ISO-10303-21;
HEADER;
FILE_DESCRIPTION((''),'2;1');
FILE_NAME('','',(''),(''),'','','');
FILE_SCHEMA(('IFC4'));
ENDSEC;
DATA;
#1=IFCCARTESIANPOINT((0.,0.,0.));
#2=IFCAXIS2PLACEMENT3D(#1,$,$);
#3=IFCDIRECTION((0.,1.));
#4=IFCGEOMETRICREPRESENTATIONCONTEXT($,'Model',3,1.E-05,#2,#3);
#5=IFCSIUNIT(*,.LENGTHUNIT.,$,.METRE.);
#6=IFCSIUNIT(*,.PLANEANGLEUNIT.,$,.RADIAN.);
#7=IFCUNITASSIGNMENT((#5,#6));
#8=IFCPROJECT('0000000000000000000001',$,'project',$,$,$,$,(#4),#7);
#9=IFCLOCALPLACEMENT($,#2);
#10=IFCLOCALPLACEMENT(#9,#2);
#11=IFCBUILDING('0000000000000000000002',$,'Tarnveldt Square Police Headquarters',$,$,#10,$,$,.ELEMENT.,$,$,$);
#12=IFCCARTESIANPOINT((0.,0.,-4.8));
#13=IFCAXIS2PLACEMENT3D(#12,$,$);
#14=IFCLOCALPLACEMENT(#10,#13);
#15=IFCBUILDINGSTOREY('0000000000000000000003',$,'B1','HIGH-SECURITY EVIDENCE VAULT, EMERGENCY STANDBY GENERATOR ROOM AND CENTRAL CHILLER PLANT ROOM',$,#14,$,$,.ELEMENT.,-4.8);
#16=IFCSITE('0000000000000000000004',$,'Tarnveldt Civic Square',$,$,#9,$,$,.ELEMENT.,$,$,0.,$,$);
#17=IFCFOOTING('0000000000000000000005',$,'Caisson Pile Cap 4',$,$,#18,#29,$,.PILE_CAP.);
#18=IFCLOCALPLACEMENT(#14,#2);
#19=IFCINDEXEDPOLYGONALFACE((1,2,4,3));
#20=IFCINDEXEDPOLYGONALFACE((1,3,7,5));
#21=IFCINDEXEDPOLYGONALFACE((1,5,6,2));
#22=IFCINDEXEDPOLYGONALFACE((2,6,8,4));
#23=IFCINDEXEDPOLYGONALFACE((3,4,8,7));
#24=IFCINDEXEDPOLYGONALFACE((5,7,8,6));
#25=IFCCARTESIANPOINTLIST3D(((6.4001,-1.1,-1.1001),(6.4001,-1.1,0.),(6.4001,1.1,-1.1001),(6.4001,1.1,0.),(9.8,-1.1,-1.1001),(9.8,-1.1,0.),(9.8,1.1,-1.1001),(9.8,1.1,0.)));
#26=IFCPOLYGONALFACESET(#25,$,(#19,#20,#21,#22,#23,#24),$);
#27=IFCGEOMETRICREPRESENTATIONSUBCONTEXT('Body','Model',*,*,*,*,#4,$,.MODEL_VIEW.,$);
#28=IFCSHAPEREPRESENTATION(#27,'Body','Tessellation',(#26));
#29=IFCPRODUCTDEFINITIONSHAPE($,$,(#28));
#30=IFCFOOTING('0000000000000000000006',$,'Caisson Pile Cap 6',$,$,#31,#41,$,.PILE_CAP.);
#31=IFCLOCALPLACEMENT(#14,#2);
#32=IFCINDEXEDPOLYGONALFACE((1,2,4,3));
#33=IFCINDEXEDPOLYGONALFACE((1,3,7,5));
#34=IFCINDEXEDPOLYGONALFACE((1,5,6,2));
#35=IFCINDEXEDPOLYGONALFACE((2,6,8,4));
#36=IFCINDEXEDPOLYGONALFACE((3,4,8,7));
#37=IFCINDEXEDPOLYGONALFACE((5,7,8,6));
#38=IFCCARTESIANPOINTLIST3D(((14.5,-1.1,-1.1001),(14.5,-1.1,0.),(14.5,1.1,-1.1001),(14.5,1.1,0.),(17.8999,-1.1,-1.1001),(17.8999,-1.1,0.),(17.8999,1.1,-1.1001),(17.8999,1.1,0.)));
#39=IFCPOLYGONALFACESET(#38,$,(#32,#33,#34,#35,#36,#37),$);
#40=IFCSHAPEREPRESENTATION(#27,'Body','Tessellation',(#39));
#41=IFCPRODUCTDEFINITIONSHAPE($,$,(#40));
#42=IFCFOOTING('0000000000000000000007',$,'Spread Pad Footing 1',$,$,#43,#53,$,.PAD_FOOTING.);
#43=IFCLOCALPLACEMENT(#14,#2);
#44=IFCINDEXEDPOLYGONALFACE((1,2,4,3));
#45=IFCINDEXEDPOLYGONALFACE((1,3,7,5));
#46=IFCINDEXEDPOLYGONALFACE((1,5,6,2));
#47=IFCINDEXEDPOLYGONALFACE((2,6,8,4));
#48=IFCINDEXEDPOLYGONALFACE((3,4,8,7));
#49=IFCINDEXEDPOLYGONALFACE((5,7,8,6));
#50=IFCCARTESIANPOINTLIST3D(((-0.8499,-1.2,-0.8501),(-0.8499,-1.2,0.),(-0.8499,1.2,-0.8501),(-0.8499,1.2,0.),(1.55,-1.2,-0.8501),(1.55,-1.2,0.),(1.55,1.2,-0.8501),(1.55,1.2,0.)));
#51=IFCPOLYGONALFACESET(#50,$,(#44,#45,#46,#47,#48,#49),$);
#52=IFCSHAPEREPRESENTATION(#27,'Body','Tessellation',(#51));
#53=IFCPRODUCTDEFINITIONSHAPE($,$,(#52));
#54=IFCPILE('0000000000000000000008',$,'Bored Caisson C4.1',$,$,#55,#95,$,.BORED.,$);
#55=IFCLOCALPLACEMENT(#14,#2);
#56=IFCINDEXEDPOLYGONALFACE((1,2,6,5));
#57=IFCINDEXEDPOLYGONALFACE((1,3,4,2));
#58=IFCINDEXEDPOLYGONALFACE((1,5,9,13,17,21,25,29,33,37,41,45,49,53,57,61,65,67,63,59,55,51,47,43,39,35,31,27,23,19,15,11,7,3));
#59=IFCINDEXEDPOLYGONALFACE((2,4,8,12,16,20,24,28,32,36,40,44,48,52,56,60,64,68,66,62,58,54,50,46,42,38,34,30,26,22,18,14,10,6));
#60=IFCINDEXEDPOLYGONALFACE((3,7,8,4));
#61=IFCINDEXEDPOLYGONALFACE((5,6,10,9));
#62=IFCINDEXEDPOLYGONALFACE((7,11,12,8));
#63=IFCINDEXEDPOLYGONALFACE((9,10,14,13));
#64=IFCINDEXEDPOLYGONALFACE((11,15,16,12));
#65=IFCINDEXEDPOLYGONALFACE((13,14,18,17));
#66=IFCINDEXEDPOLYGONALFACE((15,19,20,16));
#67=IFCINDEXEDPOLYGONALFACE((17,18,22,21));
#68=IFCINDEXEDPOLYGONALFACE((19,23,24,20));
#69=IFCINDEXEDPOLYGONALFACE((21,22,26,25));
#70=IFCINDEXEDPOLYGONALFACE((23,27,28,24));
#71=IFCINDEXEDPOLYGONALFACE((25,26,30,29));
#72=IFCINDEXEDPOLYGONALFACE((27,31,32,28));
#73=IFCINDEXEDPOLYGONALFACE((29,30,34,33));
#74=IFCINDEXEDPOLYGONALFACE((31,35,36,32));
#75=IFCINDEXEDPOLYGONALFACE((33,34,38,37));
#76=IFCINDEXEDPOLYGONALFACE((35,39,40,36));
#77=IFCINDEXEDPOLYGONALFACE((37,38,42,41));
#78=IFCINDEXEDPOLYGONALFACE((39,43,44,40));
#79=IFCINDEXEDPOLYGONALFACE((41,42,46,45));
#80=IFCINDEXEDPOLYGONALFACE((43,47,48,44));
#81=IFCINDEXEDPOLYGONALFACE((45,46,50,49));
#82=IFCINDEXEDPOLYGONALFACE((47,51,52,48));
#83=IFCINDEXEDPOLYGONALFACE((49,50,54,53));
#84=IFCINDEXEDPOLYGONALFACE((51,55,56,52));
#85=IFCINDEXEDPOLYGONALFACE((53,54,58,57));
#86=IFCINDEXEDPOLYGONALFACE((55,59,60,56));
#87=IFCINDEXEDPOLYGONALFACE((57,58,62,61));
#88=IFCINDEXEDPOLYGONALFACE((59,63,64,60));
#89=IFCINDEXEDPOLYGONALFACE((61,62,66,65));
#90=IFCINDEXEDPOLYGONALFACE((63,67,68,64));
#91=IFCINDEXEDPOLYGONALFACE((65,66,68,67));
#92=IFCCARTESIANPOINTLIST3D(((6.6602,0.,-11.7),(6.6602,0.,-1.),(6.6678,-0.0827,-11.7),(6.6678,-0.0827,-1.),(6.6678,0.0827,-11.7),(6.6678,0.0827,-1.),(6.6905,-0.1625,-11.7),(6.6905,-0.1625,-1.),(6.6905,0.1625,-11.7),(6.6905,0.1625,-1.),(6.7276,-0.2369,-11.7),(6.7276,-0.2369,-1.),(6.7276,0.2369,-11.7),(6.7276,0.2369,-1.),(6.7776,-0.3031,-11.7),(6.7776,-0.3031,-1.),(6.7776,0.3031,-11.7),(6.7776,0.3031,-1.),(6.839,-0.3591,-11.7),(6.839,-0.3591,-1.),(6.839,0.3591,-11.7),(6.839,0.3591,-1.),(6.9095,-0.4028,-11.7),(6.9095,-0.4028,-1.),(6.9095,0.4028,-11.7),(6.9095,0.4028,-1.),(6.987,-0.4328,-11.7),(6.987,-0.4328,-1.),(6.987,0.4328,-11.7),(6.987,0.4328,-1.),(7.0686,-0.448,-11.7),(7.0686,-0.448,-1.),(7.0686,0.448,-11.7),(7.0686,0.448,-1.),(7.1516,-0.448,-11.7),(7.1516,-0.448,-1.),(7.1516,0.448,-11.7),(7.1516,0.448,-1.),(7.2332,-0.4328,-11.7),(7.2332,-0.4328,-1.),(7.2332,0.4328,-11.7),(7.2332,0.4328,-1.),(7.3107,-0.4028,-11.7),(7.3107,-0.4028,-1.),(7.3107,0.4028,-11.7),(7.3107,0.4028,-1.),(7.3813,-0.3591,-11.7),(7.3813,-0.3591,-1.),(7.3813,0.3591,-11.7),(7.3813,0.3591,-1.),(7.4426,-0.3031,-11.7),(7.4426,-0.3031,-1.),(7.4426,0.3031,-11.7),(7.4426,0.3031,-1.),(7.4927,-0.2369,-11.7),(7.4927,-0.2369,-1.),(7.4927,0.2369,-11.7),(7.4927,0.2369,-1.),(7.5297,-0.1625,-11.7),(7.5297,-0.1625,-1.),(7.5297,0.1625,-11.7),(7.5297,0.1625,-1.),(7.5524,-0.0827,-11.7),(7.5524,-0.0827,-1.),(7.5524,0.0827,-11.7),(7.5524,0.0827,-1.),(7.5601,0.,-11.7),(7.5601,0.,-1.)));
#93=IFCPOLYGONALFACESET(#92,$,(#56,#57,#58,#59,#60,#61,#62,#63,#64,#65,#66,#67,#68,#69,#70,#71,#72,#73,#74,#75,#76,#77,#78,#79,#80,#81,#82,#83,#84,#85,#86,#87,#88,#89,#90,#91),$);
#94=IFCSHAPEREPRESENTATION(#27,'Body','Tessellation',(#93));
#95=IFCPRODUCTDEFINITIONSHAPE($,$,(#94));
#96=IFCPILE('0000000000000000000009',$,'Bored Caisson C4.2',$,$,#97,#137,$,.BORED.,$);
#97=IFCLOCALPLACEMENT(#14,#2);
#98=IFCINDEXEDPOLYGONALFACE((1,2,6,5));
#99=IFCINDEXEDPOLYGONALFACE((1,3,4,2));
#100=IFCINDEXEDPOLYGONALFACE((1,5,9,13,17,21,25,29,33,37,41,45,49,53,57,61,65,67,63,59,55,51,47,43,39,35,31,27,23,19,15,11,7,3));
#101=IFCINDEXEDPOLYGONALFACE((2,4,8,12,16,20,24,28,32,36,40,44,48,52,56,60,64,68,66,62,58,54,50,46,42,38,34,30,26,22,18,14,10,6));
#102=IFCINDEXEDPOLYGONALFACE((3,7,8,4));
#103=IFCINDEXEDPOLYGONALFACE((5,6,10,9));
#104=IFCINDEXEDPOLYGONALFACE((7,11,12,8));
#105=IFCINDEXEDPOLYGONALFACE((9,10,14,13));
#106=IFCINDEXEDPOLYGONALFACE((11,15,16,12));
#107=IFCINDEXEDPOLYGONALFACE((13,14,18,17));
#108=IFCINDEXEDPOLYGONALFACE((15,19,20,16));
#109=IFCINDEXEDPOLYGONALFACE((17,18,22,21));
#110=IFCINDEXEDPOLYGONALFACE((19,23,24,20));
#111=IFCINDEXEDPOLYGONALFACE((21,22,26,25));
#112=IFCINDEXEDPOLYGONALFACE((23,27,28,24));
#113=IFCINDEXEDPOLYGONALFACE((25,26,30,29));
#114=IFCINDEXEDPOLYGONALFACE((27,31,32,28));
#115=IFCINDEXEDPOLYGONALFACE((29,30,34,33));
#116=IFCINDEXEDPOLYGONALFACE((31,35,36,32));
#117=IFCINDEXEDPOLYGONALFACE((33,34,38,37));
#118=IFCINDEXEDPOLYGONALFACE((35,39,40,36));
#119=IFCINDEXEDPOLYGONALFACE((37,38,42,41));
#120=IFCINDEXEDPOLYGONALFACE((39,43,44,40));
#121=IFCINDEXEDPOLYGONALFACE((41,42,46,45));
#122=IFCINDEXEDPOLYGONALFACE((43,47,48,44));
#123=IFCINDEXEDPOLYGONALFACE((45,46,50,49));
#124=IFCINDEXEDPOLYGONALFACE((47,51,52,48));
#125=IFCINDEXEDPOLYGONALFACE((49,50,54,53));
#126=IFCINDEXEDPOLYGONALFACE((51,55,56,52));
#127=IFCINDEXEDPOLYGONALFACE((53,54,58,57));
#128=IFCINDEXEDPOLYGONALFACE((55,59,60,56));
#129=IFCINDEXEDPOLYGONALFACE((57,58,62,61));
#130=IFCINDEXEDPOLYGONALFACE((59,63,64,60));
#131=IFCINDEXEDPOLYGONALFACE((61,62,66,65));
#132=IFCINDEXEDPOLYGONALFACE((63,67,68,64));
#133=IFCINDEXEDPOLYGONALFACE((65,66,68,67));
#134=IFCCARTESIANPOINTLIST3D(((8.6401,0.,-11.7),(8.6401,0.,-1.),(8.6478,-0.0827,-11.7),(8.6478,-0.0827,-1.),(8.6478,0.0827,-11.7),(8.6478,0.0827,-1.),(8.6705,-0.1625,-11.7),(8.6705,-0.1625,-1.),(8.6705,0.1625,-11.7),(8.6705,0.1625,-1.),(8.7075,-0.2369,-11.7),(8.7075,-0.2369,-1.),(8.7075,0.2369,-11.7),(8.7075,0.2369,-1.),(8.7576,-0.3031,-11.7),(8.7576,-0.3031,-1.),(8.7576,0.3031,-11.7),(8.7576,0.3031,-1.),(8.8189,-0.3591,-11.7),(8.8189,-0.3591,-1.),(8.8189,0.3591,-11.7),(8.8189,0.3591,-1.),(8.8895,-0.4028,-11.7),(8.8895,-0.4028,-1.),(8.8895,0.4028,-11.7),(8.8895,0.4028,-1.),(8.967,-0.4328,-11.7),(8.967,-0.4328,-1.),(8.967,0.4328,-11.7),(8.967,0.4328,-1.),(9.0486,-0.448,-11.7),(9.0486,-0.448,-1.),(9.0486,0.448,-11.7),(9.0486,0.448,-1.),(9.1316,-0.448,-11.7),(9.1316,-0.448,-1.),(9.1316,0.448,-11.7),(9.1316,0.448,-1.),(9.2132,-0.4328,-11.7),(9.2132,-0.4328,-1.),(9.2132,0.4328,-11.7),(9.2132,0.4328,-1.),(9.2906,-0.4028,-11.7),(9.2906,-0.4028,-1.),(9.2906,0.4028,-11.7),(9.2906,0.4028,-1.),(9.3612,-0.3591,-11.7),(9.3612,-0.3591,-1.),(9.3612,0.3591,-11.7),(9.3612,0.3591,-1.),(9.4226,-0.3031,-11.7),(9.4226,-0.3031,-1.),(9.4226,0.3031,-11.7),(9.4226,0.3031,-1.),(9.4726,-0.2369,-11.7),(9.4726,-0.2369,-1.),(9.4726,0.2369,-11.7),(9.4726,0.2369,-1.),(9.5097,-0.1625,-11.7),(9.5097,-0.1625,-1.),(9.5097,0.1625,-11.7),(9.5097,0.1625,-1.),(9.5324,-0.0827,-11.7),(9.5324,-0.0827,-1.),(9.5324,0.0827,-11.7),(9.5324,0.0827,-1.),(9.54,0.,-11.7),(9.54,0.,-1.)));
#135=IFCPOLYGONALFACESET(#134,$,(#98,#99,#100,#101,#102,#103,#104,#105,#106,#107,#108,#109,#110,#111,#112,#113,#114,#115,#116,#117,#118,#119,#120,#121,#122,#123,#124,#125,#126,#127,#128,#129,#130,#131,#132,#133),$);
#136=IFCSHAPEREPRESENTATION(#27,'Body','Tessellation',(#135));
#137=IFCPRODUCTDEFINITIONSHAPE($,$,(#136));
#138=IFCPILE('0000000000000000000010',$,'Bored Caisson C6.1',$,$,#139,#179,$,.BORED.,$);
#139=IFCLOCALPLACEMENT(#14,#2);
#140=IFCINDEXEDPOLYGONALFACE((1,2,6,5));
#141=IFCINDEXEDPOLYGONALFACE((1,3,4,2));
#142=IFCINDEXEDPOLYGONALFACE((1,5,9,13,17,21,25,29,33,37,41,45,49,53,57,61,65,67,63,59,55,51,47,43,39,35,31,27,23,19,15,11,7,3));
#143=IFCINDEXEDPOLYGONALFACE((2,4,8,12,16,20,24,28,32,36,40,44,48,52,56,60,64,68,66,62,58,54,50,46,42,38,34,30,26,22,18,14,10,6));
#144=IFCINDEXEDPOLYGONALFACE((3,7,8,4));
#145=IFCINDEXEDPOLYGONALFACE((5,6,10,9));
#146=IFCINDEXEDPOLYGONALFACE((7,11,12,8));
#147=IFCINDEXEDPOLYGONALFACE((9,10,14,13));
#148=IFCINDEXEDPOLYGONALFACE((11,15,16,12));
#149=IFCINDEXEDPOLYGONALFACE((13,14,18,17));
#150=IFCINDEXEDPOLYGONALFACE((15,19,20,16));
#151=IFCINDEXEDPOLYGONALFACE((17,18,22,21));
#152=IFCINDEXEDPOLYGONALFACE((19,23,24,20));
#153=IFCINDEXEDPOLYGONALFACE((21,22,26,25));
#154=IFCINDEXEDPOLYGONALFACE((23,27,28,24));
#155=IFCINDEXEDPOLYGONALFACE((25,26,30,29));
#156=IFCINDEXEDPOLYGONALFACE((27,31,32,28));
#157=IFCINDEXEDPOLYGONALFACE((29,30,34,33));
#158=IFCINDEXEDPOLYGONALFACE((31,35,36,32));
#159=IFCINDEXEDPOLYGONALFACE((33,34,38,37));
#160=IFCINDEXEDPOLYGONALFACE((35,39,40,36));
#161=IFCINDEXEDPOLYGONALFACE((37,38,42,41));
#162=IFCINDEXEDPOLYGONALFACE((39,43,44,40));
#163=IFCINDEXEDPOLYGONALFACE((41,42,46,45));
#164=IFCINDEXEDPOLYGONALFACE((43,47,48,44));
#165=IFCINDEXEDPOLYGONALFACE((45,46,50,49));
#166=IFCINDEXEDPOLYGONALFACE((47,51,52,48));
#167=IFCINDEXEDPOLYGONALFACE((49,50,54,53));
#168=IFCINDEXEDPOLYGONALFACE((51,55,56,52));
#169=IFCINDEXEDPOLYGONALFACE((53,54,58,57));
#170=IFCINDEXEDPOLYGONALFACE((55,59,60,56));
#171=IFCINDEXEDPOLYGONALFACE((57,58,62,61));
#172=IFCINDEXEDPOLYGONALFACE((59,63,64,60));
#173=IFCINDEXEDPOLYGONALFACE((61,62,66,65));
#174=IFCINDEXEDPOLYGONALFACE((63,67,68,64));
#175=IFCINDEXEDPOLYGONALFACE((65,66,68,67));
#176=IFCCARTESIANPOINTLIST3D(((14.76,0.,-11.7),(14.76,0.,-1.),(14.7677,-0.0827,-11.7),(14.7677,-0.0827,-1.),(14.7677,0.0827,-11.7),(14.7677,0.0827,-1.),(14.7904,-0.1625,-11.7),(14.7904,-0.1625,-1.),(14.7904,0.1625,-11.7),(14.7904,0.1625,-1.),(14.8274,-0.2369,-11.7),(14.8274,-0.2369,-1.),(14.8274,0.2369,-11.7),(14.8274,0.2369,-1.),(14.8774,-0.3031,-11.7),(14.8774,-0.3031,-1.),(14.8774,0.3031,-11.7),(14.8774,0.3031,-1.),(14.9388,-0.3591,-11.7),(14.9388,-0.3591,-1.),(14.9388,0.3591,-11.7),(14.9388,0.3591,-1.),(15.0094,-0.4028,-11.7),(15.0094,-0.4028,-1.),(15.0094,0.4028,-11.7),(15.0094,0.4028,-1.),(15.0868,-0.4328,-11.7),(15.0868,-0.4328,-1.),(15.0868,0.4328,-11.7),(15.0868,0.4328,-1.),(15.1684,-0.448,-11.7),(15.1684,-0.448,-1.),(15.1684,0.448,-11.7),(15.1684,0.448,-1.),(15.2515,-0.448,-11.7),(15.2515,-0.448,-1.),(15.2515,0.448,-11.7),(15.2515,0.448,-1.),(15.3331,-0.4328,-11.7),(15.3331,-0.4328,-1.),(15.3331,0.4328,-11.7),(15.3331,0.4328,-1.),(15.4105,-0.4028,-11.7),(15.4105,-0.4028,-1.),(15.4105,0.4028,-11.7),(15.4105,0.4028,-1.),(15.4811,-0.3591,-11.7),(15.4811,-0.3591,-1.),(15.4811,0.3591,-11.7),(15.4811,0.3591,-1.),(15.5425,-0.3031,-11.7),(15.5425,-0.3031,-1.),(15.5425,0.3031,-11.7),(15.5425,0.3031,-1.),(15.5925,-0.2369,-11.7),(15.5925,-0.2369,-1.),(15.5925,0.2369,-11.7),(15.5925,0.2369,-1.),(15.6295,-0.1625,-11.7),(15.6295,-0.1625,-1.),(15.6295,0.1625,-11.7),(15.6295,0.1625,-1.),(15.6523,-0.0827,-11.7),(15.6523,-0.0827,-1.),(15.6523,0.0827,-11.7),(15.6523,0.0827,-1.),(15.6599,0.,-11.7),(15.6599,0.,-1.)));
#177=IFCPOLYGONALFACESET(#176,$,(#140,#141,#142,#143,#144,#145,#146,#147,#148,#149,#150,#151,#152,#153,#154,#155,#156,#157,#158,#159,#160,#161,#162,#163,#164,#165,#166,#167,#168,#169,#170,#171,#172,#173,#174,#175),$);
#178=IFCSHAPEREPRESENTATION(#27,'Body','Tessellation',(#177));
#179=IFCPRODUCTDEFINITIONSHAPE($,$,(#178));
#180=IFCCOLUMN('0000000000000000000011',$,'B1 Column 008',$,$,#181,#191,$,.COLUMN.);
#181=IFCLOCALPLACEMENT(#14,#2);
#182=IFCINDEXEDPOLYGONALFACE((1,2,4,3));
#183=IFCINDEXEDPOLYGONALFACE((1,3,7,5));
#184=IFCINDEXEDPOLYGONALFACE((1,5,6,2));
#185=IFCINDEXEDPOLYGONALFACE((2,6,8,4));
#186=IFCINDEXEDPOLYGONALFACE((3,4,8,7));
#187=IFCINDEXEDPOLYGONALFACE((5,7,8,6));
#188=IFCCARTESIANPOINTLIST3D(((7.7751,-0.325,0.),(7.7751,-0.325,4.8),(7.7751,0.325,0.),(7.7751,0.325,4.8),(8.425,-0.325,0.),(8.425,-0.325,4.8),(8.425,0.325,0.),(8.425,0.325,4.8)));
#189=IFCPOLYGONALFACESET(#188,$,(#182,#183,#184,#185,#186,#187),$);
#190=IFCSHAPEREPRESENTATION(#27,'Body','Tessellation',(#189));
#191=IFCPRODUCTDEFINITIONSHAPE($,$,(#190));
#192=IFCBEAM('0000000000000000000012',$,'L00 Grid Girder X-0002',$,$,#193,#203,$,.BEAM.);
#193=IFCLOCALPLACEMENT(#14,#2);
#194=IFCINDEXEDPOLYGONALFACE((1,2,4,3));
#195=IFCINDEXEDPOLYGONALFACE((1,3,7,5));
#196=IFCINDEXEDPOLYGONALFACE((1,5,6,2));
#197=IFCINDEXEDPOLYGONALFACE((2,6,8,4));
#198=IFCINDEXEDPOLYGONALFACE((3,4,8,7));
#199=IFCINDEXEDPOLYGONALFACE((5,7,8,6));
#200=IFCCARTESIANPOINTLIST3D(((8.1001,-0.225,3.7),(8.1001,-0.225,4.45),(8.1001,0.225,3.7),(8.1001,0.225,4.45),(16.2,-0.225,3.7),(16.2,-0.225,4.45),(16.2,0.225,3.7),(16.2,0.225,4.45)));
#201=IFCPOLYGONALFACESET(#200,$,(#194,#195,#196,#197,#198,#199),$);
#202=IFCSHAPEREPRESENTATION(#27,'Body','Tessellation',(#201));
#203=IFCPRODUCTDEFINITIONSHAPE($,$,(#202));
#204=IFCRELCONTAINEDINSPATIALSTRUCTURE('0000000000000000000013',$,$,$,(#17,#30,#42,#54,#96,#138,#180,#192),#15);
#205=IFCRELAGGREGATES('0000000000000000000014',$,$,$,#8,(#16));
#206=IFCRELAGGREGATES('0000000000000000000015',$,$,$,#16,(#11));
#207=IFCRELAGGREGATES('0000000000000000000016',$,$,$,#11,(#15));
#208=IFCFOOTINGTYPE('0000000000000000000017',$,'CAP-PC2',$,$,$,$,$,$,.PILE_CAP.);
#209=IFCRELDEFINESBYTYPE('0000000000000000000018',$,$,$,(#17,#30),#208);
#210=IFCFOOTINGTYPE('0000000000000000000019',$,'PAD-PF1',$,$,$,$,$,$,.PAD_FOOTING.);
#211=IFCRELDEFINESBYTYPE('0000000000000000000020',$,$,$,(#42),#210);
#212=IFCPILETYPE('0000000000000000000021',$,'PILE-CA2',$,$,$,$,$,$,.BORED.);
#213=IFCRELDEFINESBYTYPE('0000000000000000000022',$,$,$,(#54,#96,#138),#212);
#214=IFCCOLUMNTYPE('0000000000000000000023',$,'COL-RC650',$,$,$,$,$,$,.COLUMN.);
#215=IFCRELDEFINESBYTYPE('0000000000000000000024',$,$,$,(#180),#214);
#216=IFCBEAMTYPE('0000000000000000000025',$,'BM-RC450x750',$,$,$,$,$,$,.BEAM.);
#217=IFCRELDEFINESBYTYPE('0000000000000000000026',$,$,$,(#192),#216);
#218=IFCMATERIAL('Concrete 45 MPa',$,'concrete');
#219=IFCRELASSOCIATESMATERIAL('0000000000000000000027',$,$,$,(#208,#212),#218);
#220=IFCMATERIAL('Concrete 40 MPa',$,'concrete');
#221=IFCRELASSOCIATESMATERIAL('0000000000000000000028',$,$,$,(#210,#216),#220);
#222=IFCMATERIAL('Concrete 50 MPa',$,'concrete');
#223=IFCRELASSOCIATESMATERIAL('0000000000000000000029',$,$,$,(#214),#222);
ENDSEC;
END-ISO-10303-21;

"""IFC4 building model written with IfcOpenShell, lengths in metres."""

from ifc_helpers import new_model, si_unit, direction, frame, origin, origin_2d, place, context, subcontext, project, spatial, rectangle, circle, extrude, material, material_profile, profile_set, type_object, element, save


model = new_model("IFC4")

# Units and contexts
model_context = context("Model", 3, precision=1e-05, world=origin(), true_north=direction((0.0, 1.0)))
body_context = subcontext(model_context, "Body", "Model", "MODEL_VIEW")
ifc_project = project(units=[si_unit("LENGTHUNIT", "METRE"), si_unit("PLANEANGLEUNIT", "RADIAN")], contexts=[model_context])

# Site, building, storey
site_placement = place(None, origin())
site = spatial("IfcSite", under=ifc_project, at=site_placement, Name="Tarnveldt Civic Square", CompositionType="ELEMENT", RefElevation=0.0)
building_placement = place(site_placement, origin())
building = spatial("IfcBuilding", under=site, at=building_placement, Name="Tarnveldt Square Police Headquarters", CompositionType="ELEMENT")
storey_placement = place(building_placement, frame((0.0, 0.0, -4.8)))
storey = spatial("IfcBuildingStorey", under=building, at=storey_placement, Name="B1", Description="HIGH-SECURITY EVIDENCE VAULT, EMERGENCY STANDBY GENERATOR ROOM AND CENTRAL CHILLER PLANT ROOM", CompositionType="ELEMENT", Elevation=-4.8)

# Footings
ifc_material_1 = material(Name="Concrete 45 MPa", Category="concrete")
footing_type_1 = type_object("IfcFootingType", Name="CAP-PC2", PredefinedType="PILE_CAP", material=ifc_material_1)
for number, where, z_axis, x_axis, name in (
    (1, (8.1001, 0.0, -1.1001), (0.0, 0.0, 1.0), (1.0, 0.0, 0.0), "Caisson Pile Cap 4"),
    (2, (16.2, 0.0, -1.1001), (0.0, 0.0, 1.0), (1.0, 0.0, 0.0), "Caisson Pile Cap 6"),
):
    element("IfcFooting", number, at=place(storey_placement, frame(where, z_axis=z_axis, x_axis=x_axis)), inside=storey, type_object=footing_type_1, Name=name, PredefinedType="PILE_CAP", context=body_context, shape_type="SweptSolid", body=[
        extrude(rectangle(XDim=3.3999, YDim=2.2, at=origin_2d()), origin(), (0.0, 0.0, 1.0), 1.1001),
    ])
ifc_material_2 = material(Name="Concrete 40 MPa", Category="concrete")
footing_type_2 = type_object("IfcFootingType", Name="PAD-PF1", PredefinedType="PAD_FOOTING", material=ifc_material_2)
footing_placement = place(storey_placement, frame((0.3501, 0.0, -0.8501), z_axis=(0.0, 0.0, 1.0), x_axis=(1.0, 0.0, 0.0)))
element("IfcFooting", 3, at=footing_placement, inside=storey, type_object=footing_type_2, Name="Spread Pad Footing 1", PredefinedType="PAD_FOOTING", context=body_context, shape_type="SweptSolid", body=[
    extrude(rectangle(XDim=2.3999, YDim=2.3999, at=origin_2d()), origin(), (0.0, 0.0, 1.0), 0.8501),
])

# Piles
ifc_material_profile_1 = material_profile(ifc_material_1, circle(Radius=0.45, at=origin_2d()), Name="CAISSON-D900")
ifc_profile_set_1 = profile_set([ifc_material_profile_1], Name="Concrete 45 MPa")
pile_type = type_object("IfcPileType", Name="PILE-CA2", PredefinedType="BORED", material=ifc_profile_set_1)
for number, where, z_axis, x_axis, name in (
    (4, (7.1101, 0.0, -1.0), (0.0, 0.0, -1.0), (1.0, 0.0, 0.0), "Bored Caisson C4.1"),
    (5, (9.0901, 0.0, -1.0), (0.0, 0.0, -1.0), (1.0, 0.0, 0.0), "Bored Caisson C4.2"),
    (6, (15.21, 0.0, -1.0), (0.0, 0.0, -1.0), (1.0, 0.0, 0.0), "Bored Caisson C6.1"),
):
    element("IfcPile", number, at=place(storey_placement, frame(where, z_axis=z_axis, x_axis=x_axis)), inside=storey, type_object=pile_type, Name=name, PredefinedType="BORED", context=body_context, shape_type="SweptSolid", body=[
        extrude(circle(Radius=0.45, at=origin_2d()), origin(), (0.0, 0.0, 1.0), 10.7),
    ])

# Column
ifc_material_3 = material(Name="Concrete 50 MPa", Category="concrete")
ifc_material_profile_2 = material_profile(ifc_material_3, rectangle(XDim=0.6499, YDim=0.6499, at=origin_2d()), Name="RC-C650x650")
ifc_profile_set_2 = profile_set([ifc_material_profile_2], Name="Concrete 50 MPa")
column_type = type_object("IfcColumnType", Name="COL-RC650", PredefinedType="COLUMN", material=ifc_profile_set_2)
column_placement = place(storey_placement, frame((8.1001, 0.0, 0.0), z_axis=(0.0, 0.0, 1.0), x_axis=(1.0, 0.0, 0.0)))
element("IfcColumn", 7, at=column_placement, inside=storey, type_object=column_type, Name="B1 Column 008", PredefinedType="COLUMN", context=body_context, shape_type="SweptSolid", body=[
    extrude(rectangle(XDim=0.6499, YDim=0.6499, at=origin_2d()), origin(), (0.0, 0.0, 1.0), 4.8),
])

# Beam
ifc_material_profile_3 = material_profile(ifc_material_2, rectangle(XDim=0.45, YDim=0.75, at=origin_2d()), Name="RC-B450x750")
ifc_profile_set_3 = profile_set([ifc_material_profile_3], Name="Concrete 40 MPa")
beam_type = type_object("IfcBeamType", Name="BM-RC450x750", PredefinedType="BEAM", material=ifc_profile_set_3)
beam_1_placement = place(storey_placement, frame((8.1001, 0.0, 4.075), z_axis=(1.0, 0.0, 0.0), x_axis=(0.0, 1.0, 0.0)))
element("IfcBeam", 8, at=beam_1_placement, inside=storey, type_object=beam_type, Name="L00 Grid Girder X-0002", PredefinedType="BEAM", context=body_context, shape_type="SweptSolid", body=[
    extrude(rectangle(XDim=0.45, YDim=0.75, at=origin_2d()), origin(), (0.0, 0.0, 1.0), 8.0999),
])

save(model, "model.ifc")
